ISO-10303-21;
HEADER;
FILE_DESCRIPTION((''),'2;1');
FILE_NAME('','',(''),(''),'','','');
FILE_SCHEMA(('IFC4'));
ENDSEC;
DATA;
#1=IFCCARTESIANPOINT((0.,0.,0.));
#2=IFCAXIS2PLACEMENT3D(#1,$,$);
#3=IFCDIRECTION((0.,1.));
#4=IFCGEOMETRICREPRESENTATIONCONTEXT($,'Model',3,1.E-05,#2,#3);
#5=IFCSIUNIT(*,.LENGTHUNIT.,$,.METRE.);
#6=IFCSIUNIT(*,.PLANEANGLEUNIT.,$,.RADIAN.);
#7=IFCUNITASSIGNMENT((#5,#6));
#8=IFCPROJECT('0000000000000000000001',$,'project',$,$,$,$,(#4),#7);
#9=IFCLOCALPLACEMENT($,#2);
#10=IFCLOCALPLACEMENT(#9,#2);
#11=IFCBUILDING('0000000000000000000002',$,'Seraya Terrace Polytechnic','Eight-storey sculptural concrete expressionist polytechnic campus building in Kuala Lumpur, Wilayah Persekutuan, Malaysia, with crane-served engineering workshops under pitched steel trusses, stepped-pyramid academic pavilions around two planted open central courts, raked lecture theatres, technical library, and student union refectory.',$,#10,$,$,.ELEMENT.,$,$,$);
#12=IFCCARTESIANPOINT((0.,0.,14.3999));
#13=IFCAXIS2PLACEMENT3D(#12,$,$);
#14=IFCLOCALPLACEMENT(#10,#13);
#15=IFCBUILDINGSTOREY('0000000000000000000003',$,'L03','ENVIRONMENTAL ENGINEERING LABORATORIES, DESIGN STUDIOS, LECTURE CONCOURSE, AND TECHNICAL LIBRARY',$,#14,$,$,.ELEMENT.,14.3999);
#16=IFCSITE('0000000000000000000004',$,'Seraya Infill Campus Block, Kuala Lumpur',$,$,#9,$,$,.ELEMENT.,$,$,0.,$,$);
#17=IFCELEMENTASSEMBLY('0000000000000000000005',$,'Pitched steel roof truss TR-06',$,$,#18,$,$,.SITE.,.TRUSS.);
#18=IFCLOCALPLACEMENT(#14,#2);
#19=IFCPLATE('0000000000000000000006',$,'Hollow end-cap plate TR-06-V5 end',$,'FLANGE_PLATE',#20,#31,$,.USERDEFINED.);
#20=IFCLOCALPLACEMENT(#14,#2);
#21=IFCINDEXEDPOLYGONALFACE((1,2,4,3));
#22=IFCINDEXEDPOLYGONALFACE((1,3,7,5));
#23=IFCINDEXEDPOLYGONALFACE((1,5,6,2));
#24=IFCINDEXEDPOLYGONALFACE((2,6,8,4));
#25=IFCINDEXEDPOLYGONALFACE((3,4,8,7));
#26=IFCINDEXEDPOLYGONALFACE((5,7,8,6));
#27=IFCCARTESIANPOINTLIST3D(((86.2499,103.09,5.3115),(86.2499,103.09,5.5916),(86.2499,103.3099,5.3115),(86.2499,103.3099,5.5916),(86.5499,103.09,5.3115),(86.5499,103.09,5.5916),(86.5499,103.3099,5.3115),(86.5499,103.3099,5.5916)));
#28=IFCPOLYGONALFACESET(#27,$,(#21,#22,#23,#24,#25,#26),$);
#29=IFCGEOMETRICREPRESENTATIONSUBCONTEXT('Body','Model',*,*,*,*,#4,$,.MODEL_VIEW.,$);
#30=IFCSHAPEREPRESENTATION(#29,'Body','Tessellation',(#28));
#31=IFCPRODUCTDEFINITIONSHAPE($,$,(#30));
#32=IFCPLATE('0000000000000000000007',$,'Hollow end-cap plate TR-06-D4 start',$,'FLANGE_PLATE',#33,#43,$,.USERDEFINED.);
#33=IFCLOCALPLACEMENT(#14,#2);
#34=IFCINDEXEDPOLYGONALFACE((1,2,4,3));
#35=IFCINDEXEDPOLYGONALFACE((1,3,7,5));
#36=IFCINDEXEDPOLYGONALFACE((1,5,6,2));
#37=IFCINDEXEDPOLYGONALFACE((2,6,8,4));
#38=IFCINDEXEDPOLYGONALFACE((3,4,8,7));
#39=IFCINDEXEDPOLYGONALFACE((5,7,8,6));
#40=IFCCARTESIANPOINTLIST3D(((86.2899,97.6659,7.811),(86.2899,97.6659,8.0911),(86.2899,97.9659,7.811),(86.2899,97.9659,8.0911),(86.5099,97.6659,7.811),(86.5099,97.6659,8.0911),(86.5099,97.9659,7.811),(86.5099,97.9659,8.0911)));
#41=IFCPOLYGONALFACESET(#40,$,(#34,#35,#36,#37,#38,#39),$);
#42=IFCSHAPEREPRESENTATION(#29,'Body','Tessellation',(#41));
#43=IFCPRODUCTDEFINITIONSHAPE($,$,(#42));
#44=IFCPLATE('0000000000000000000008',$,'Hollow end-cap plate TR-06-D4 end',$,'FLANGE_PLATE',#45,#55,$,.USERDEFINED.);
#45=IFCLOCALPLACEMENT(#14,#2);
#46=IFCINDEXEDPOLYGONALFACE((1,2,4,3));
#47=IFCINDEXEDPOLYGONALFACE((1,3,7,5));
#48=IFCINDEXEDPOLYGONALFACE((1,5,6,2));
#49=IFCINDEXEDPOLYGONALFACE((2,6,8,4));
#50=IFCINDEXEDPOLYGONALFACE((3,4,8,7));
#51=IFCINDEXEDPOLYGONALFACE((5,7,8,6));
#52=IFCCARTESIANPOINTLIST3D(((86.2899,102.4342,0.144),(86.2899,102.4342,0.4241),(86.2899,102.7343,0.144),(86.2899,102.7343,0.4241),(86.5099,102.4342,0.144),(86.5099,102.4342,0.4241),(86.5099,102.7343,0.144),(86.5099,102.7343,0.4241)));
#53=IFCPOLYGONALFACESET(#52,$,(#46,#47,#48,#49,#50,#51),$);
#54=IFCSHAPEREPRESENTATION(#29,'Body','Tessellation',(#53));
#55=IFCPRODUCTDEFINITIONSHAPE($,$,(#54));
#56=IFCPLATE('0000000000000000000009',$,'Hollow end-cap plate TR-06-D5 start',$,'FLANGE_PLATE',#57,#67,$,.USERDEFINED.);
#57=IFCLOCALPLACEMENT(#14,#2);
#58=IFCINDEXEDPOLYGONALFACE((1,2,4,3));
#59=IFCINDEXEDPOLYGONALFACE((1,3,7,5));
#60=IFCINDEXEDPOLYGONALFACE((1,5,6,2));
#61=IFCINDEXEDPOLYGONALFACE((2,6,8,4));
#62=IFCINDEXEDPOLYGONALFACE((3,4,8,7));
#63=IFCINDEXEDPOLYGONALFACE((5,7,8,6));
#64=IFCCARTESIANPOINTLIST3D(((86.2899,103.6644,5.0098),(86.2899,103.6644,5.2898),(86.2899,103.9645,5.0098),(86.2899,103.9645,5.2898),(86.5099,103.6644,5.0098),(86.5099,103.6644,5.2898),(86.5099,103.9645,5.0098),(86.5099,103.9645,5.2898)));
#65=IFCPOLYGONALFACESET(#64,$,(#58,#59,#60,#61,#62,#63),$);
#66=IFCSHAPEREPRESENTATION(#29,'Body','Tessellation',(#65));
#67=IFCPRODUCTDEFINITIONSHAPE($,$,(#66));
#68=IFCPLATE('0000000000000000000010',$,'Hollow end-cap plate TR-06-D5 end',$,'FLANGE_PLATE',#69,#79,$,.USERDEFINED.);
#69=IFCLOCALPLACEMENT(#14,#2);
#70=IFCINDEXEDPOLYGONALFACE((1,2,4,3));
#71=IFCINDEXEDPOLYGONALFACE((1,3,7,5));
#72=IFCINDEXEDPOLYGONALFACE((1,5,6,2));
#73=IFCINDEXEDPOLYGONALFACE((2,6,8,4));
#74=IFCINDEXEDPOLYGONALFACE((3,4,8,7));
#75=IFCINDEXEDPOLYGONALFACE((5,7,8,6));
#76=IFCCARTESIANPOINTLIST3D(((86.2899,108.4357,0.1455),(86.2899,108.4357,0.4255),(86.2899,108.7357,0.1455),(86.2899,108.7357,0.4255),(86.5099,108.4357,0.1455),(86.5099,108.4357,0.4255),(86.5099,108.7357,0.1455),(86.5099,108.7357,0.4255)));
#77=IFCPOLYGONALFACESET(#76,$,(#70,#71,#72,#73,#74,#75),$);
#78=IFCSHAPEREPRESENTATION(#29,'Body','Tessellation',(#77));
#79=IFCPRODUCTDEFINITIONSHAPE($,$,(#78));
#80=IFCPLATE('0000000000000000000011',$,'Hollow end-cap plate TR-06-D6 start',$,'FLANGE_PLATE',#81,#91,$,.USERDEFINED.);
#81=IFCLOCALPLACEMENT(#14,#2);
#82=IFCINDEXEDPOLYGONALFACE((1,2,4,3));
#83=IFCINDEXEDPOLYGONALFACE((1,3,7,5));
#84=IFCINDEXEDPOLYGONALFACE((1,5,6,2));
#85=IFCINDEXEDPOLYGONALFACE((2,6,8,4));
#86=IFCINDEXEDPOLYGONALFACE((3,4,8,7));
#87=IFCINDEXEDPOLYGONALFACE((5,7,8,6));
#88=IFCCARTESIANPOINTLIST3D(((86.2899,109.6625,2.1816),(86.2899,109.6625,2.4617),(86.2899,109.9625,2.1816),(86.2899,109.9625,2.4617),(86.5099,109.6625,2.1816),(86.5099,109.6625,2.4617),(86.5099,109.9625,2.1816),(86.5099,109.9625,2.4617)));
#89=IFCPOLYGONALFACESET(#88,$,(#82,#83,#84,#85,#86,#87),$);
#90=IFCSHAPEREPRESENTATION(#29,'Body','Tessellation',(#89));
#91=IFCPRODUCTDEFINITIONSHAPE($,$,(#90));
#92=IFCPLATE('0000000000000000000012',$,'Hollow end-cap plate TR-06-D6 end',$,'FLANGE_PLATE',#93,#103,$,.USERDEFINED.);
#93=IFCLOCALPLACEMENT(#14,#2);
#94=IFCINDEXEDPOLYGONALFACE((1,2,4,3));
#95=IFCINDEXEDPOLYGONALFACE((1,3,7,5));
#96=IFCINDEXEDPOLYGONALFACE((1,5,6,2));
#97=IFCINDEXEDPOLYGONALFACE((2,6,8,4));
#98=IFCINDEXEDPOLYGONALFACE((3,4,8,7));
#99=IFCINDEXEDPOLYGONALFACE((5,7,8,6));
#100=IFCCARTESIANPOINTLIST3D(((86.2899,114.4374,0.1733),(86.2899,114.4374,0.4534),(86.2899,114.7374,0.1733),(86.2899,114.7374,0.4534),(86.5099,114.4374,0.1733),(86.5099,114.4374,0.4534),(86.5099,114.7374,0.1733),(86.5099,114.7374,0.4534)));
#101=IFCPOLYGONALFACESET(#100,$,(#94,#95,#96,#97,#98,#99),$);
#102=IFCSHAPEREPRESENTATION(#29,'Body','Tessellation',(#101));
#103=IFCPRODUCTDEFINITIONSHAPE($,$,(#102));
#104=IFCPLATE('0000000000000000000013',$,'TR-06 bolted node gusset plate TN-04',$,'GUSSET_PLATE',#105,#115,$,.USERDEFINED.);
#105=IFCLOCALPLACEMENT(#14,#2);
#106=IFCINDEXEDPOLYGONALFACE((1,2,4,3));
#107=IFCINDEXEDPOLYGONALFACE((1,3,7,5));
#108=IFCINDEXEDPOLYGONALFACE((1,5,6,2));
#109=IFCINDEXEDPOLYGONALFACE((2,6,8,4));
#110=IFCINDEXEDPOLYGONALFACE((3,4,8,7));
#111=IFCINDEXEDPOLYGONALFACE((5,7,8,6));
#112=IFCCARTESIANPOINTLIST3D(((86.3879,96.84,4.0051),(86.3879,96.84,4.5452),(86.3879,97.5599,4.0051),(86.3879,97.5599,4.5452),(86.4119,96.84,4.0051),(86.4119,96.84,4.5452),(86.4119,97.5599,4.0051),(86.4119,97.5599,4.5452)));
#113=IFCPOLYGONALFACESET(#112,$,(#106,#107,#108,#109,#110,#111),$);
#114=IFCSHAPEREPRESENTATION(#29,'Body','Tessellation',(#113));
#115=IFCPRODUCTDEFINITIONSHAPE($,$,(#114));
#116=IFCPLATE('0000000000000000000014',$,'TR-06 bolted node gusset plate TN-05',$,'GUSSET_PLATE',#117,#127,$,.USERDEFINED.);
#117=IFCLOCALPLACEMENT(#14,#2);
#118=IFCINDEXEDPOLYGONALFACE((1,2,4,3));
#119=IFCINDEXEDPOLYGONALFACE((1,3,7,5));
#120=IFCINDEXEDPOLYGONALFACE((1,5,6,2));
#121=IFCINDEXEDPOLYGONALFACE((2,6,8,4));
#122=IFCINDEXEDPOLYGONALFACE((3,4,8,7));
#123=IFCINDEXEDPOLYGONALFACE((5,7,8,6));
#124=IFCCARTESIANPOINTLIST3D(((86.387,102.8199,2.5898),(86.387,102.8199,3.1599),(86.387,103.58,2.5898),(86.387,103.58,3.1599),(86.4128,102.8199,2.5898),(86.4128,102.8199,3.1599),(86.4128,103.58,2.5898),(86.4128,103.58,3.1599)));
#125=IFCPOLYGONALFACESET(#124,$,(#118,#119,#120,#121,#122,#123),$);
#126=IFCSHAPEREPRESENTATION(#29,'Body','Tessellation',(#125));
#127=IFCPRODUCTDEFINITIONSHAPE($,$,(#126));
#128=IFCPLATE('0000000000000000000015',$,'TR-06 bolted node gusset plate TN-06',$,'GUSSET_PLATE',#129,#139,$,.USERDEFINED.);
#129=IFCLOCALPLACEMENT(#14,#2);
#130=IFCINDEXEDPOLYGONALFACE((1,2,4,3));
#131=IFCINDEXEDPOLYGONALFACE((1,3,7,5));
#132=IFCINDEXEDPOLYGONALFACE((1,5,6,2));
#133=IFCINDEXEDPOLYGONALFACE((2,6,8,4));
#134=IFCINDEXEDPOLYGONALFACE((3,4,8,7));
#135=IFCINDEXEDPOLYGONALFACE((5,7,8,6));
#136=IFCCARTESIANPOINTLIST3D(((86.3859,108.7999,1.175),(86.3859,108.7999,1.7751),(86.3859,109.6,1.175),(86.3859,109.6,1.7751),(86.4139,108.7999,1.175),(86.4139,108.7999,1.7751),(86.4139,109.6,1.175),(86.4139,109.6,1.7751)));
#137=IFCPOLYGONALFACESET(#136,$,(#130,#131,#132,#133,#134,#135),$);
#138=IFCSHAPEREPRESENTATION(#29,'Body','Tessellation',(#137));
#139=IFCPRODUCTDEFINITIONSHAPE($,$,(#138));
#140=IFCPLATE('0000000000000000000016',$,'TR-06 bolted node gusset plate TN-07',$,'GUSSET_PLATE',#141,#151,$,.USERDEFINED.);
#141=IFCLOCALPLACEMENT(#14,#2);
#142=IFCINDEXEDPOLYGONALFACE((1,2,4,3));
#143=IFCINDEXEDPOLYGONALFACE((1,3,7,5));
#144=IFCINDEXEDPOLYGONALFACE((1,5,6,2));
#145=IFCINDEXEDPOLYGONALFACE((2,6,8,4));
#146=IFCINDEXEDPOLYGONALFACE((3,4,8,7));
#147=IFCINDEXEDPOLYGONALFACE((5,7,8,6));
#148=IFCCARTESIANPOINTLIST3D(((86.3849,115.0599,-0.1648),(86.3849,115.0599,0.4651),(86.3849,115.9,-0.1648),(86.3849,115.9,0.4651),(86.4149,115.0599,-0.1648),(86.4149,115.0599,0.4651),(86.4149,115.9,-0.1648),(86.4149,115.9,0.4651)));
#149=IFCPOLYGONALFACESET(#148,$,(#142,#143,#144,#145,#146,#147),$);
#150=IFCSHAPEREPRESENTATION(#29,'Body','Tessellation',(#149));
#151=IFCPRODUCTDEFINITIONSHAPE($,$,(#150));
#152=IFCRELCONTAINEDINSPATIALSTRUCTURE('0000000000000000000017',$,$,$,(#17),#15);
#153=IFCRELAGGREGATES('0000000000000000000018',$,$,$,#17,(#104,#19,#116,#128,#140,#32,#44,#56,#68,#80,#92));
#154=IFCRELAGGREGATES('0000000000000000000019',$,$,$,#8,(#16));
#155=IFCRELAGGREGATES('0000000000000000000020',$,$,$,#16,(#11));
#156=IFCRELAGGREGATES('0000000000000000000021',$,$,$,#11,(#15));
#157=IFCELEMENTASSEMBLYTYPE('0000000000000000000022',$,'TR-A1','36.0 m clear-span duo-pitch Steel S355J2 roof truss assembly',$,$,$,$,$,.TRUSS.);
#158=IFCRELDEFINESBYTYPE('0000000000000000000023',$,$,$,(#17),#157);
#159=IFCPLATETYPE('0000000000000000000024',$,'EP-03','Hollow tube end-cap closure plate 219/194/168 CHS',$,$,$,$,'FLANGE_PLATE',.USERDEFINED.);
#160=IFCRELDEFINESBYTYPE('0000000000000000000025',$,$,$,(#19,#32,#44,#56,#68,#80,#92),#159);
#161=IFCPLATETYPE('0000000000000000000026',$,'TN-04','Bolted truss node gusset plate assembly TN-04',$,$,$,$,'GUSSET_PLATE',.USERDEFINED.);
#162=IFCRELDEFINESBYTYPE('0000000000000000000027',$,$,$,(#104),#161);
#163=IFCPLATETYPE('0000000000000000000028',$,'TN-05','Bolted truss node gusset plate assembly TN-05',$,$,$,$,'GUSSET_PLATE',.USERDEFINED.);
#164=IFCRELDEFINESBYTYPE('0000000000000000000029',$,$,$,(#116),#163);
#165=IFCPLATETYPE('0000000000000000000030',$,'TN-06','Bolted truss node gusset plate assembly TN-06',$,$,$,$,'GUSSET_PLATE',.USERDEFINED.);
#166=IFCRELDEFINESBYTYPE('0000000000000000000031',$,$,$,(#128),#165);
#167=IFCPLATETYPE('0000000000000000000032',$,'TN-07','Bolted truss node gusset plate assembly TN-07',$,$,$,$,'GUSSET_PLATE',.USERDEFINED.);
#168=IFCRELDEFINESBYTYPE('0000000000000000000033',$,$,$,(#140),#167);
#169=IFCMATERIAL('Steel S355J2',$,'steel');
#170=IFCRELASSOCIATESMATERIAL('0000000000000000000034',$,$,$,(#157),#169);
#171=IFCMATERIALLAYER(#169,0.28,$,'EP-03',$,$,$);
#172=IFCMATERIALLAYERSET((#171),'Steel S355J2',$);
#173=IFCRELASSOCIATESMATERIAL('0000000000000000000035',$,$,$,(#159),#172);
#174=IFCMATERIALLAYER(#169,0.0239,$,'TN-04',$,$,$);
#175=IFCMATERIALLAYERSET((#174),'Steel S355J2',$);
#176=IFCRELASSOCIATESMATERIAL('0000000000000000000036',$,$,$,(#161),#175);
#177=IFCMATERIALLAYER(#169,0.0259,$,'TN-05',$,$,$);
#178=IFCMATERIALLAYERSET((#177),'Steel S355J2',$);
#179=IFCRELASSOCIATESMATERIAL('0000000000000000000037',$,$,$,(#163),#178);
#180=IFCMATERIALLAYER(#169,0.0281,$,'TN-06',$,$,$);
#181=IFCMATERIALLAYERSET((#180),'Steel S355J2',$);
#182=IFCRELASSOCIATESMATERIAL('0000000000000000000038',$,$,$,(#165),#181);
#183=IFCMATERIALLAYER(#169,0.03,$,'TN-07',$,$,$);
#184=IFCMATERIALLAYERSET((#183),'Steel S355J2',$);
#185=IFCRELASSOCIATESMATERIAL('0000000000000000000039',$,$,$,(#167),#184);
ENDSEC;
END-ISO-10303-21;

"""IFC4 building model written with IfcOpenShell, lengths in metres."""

from ifc_helpers import new_model, si_unit, direction, frame, origin, origin_2d, place, context, subcontext, project, spatial, rectangle, extrude, material, layer, layer_set, type_object, element, aggregate, save


model = new_model("IFC4")

# Units and contexts
model_context = context("Model", 3, precision=1e-05, world=origin(), true_north=direction((0.0, 1.0)))
body_context = subcontext(model_context, "Body", "Model", "MODEL_VIEW")
ifc_project = project(units=[si_unit("LENGTHUNIT", "METRE"), si_unit("PLANEANGLEUNIT", "RADIAN")], contexts=[model_context])

# Site, building, storey
site_placement = place(None, origin())
site = spatial("IfcSite", under=ifc_project, at=site_placement, Name="Seraya Infill Campus Block, Kuala Lumpur", CompositionType="ELEMENT", RefElevation=0.0)
building_placement = place(site_placement, origin())
building = spatial("IfcBuilding", under=site, at=building_placement, Name="Seraya Terrace Polytechnic", Description="Eight-storey sculptural concrete expressionist polytechnic campus building in Kuala Lumpur, Wilayah Persekutuan, Malaysia, with crane-served engineering workshops under pitched steel trusses, stepped-pyramid academic pavilions around two planted open central courts, raked lecture theatres, technical library, and student union refectory.", CompositionType="ELEMENT")
storey_placement = place(building_placement, frame((0.0, 0.0, 14.3999)))
storey = spatial("IfcBuildingStorey", under=building, at=storey_placement, Name="L03", Description="ENVIRONMENTAL ENGINEERING LABORATORIES, DESIGN STUDIOS, LECTURE CONCOURSE, AND TECHNICAL LIBRARY", CompositionType="ELEMENT", Elevation=14.3999)

# Element assembly
ifc_material_1 = material(Name="Steel S355J2", Category="steel")
element_assembly_type = type_object("IfcElementAssemblyType", Name="TR-A1", Description="36.0 m clear-span duo-pitch Steel S355J2 roof truss assembly", PredefinedType="TRUSS", material=ifc_material_1)
assembly_placement = place(storey_placement, origin())
assembly = element("IfcElementAssembly", 1, at=assembly_placement, inside=storey, type_object=element_assembly_type, Name="Pitched steel roof truss TR-06", AssemblyPlace="SITE", PredefinedType="TRUSS")

# Plates
ifc_layer_1 = layer(ifc_material_1, 0.28, Name="EP-03")
ifc_layer_set_1 = layer_set([ifc_layer_1], Name="Steel S355J2")
plate_type_1 = type_object("IfcPlateType", Name="EP-03", Description="Hollow tube end-cap closure plate 219/194/168 CHS", ElementType="FLANGE_PLATE", PredefinedType="USERDEFINED", material=ifc_layer_set_1)
plate_1_placement = place(storey_placement, frame((86.3999, 103.2, 5.3115), z_axis=(0.0, 0.0, 1.0), x_axis=(1.0, 0.0, 0.0)))
plate_1 = element("IfcPlate", 2, at=plate_1_placement, type_object=plate_type_1, Name="Hollow end-cap plate TR-06-V5 end", ObjectType="FLANGE_PLATE", PredefinedType="USERDEFINED", context=body_context, shape_type="SweptSolid", body=[
    extrude(rectangle(XDim=0.3, YDim=0.22, at=origin_2d()), origin(), (0.0, 0.0, 1.0), 0.28),
])
plate_2_placement = place(storey_placement, frame((86.3999, 97.8159, 7.811), z_axis=(0.0, 0.0, 1.0), x_axis=(0.0, 1.0, 0.0)))
plate_2 = element("IfcPlate", 3, at=plate_2_placement, type_object=plate_type_1, Name="Hollow end-cap plate TR-06-D4 start", ObjectType="FLANGE_PLATE", PredefinedType="USERDEFINED", context=body_context, shape_type="SweptSolid", body=[
    extrude(rectangle(XDim=0.3, YDim=0.22, at=origin_2d()), origin(), (0.0, 0.0, 1.0), 0.28),
])
plate_3_placement = place(storey_placement, frame((86.3999, 102.5842, 0.144), z_axis=(0.0, 0.0, 1.0), x_axis=(0.0, 1.0, 0.0)))
plate_3 = element("IfcPlate", 4, at=plate_3_placement, type_object=plate_type_1, Name="Hollow end-cap plate TR-06-D4 end", ObjectType="FLANGE_PLATE", PredefinedType="USERDEFINED", context=body_context, shape_type="SweptSolid", body=[
    extrude(rectangle(XDim=0.3, YDim=0.22, at=origin_2d()), origin(), (0.0, 0.0, 1.0), 0.28),
])
plate_4_placement = place(storey_placement, frame((86.3999, 103.8145, 5.0098), z_axis=(0.0, 0.0, 1.0), x_axis=(0.0, 1.0, 0.0)))
plate_4 = element("IfcPlate", 5, at=plate_4_placement, type_object=plate_type_1, Name="Hollow end-cap plate TR-06-D5 start", ObjectType="FLANGE_PLATE", PredefinedType="USERDEFINED", context=body_context, shape_type="SweptSolid", body=[
    extrude(rectangle(XDim=0.3, YDim=0.22, at=origin_2d()), origin(), (0.0, 0.0, 1.0), 0.28),
])
plate_5_placement = place(storey_placement, frame((86.3999, 108.5857, 0.1455), z_axis=(0.0, 0.0, 1.0), x_axis=(0.0, 1.0, 0.0)))
plate_5 = element("IfcPlate", 6, at=plate_5_placement, type_object=plate_type_1, Name="Hollow end-cap plate TR-06-D5 end", ObjectType="FLANGE_PLATE", PredefinedType="USERDEFINED", context=body_context, shape_type="SweptSolid", body=[
    extrude(rectangle(XDim=0.3, YDim=0.22, at=origin_2d()), origin(), (0.0, 0.0, 1.0), 0.28),
])
plate_6_placement = place(storey_placement, frame((86.3999, 109.8125, 2.1816), z_axis=(0.0, 0.0, 1.0), x_axis=(0.0, 1.0, 0.0)))
plate_6 = element("IfcPlate", 7, at=plate_6_placement, type_object=plate_type_1, Name="Hollow end-cap plate TR-06-D6 start", ObjectType="FLANGE_PLATE", PredefinedType="USERDEFINED", context=body_context, shape_type="SweptSolid", body=[
    extrude(rectangle(XDim=0.3, YDim=0.22, at=origin_2d()), origin(), (0.0, 0.0, 1.0), 0.28),
])
plate_7_placement = place(storey_placement, frame((86.3999, 114.5874, 0.1733), z_axis=(0.0, 0.0, 1.0), x_axis=(0.0, 1.0, 0.0)))
plate_7 = element("IfcPlate", 8, at=plate_7_placement, type_object=plate_type_1, Name="Hollow end-cap plate TR-06-D6 end", ObjectType="FLANGE_PLATE", PredefinedType="USERDEFINED", context=body_context, shape_type="SweptSolid", body=[
    extrude(rectangle(XDim=0.3, YDim=0.22, at=origin_2d()), origin(), (0.0, 0.0, 1.0), 0.28),
])
ifc_layer_2 = layer(ifc_material_1, 0.0239, Name="TN-04")
ifc_layer_set_2 = layer_set([ifc_layer_2], Name="Steel S355J2")
plate_type_2 = type_object("IfcPlateType", Name="TN-04", Description="Bolted truss node gusset plate assembly TN-04", ElementType="GUSSET_PLATE", PredefinedType="USERDEFINED", material=ifc_layer_set_2)
plate_8_placement = place(storey_placement, frame((86.3999, 97.2, 4.0051), z_axis=(0.0, 0.0, 1.0), x_axis=(0.0, 1.0, 0.0)))
plate_8 = element("IfcPlate", 9, at=plate_8_placement, type_object=plate_type_2, Name="TR-06 bolted node gusset plate TN-04", ObjectType="GUSSET_PLATE", PredefinedType="USERDEFINED", context=body_context, shape_type="SweptSolid", body=[
    extrude(rectangle(XDim=0.72, YDim=0.0239, at=origin_2d()), origin(), (0.0, 0.0, 1.0), 0.54),
])
ifc_layer_3 = layer(ifc_material_1, 0.0259, Name="TN-05")
ifc_layer_set_3 = layer_set([ifc_layer_3], Name="Steel S355J2")
plate_type_3 = type_object("IfcPlateType", Name="TN-05", Description="Bolted truss node gusset plate assembly TN-05", ElementType="GUSSET_PLATE", PredefinedType="USERDEFINED", material=ifc_layer_set_3)
plate_9_placement = place(storey_placement, frame((86.3999, 103.2, 2.5898), z_axis=(0.0, 0.0, 1.0), x_axis=(0.0, 1.0, 0.0)))
plate_9 = element("IfcPlate", 10, at=plate_9_placement, type_object=plate_type_3, Name="TR-06 bolted node gusset plate TN-05", ObjectType="GUSSET_PLATE", PredefinedType="USERDEFINED", context=body_context, shape_type="SweptSolid", body=[
    extrude(rectangle(XDim=0.76, YDim=0.0259, at=origin_2d()), origin(), (0.0, 0.0, 1.0), 0.5701),
])
ifc_layer_4 = layer(ifc_material_1, 0.0281, Name="TN-06")
ifc_layer_set_4 = layer_set([ifc_layer_4], Name="Steel S355J2")
plate_type_4 = type_object("IfcPlateType", Name="TN-06", Description="Bolted truss node gusset plate assembly TN-06", ElementType="GUSSET_PLATE", PredefinedType="USERDEFINED", material=ifc_layer_set_4)
plate_10_placement = place(storey_placement, frame((86.3999, 109.2, 1.175), z_axis=(0.0, 0.0, 1.0), x_axis=(0.0, 1.0, 0.0)))
plate_10 = element("IfcPlate", 11, at=plate_10_placement, type_object=plate_type_4, Name="TR-06 bolted node gusset plate TN-06", ObjectType="GUSSET_PLATE", PredefinedType="USERDEFINED", context=body_context, shape_type="SweptSolid", body=[
    extrude(rectangle(XDim=0.8, YDim=0.0281, at=origin_2d()), origin(), (0.0, 0.0, 1.0), 0.6001),
])
ifc_layer_5 = layer(ifc_material_1, 0.03, Name="TN-07")
ifc_layer_set_5 = layer_set([ifc_layer_5], Name="Steel S355J2")
plate_type_5 = type_object("IfcPlateType", Name="TN-07", Description="Bolted truss node gusset plate assembly TN-07", ElementType="GUSSET_PLATE", PredefinedType="USERDEFINED", material=ifc_layer_set_5)
plate_11_placement = place(storey_placement, frame((86.3999, 115.48, -0.1648), z_axis=(0.0, 0.0, 1.0), x_axis=(0.0, 1.0, 0.0)))
plate_11 = element("IfcPlate", 12, at=plate_11_placement, type_object=plate_type_5, Name="TR-06 bolted node gusset plate TN-07", ObjectType="GUSSET_PLATE", PredefinedType="USERDEFINED", context=body_context, shape_type="SweptSolid", body=[
    extrude(rectangle(XDim=0.8401, YDim=0.03, at=origin_2d()), origin(), (0.0, 0.0, 1.0), 0.6299),
])
aggregate(assembly, [plate_8, plate_1, plate_9, plate_10, plate_11, plate_2, plate_3, plate_4, plate_5, plate_6, plate_7])

save(model, "model.ifc")
